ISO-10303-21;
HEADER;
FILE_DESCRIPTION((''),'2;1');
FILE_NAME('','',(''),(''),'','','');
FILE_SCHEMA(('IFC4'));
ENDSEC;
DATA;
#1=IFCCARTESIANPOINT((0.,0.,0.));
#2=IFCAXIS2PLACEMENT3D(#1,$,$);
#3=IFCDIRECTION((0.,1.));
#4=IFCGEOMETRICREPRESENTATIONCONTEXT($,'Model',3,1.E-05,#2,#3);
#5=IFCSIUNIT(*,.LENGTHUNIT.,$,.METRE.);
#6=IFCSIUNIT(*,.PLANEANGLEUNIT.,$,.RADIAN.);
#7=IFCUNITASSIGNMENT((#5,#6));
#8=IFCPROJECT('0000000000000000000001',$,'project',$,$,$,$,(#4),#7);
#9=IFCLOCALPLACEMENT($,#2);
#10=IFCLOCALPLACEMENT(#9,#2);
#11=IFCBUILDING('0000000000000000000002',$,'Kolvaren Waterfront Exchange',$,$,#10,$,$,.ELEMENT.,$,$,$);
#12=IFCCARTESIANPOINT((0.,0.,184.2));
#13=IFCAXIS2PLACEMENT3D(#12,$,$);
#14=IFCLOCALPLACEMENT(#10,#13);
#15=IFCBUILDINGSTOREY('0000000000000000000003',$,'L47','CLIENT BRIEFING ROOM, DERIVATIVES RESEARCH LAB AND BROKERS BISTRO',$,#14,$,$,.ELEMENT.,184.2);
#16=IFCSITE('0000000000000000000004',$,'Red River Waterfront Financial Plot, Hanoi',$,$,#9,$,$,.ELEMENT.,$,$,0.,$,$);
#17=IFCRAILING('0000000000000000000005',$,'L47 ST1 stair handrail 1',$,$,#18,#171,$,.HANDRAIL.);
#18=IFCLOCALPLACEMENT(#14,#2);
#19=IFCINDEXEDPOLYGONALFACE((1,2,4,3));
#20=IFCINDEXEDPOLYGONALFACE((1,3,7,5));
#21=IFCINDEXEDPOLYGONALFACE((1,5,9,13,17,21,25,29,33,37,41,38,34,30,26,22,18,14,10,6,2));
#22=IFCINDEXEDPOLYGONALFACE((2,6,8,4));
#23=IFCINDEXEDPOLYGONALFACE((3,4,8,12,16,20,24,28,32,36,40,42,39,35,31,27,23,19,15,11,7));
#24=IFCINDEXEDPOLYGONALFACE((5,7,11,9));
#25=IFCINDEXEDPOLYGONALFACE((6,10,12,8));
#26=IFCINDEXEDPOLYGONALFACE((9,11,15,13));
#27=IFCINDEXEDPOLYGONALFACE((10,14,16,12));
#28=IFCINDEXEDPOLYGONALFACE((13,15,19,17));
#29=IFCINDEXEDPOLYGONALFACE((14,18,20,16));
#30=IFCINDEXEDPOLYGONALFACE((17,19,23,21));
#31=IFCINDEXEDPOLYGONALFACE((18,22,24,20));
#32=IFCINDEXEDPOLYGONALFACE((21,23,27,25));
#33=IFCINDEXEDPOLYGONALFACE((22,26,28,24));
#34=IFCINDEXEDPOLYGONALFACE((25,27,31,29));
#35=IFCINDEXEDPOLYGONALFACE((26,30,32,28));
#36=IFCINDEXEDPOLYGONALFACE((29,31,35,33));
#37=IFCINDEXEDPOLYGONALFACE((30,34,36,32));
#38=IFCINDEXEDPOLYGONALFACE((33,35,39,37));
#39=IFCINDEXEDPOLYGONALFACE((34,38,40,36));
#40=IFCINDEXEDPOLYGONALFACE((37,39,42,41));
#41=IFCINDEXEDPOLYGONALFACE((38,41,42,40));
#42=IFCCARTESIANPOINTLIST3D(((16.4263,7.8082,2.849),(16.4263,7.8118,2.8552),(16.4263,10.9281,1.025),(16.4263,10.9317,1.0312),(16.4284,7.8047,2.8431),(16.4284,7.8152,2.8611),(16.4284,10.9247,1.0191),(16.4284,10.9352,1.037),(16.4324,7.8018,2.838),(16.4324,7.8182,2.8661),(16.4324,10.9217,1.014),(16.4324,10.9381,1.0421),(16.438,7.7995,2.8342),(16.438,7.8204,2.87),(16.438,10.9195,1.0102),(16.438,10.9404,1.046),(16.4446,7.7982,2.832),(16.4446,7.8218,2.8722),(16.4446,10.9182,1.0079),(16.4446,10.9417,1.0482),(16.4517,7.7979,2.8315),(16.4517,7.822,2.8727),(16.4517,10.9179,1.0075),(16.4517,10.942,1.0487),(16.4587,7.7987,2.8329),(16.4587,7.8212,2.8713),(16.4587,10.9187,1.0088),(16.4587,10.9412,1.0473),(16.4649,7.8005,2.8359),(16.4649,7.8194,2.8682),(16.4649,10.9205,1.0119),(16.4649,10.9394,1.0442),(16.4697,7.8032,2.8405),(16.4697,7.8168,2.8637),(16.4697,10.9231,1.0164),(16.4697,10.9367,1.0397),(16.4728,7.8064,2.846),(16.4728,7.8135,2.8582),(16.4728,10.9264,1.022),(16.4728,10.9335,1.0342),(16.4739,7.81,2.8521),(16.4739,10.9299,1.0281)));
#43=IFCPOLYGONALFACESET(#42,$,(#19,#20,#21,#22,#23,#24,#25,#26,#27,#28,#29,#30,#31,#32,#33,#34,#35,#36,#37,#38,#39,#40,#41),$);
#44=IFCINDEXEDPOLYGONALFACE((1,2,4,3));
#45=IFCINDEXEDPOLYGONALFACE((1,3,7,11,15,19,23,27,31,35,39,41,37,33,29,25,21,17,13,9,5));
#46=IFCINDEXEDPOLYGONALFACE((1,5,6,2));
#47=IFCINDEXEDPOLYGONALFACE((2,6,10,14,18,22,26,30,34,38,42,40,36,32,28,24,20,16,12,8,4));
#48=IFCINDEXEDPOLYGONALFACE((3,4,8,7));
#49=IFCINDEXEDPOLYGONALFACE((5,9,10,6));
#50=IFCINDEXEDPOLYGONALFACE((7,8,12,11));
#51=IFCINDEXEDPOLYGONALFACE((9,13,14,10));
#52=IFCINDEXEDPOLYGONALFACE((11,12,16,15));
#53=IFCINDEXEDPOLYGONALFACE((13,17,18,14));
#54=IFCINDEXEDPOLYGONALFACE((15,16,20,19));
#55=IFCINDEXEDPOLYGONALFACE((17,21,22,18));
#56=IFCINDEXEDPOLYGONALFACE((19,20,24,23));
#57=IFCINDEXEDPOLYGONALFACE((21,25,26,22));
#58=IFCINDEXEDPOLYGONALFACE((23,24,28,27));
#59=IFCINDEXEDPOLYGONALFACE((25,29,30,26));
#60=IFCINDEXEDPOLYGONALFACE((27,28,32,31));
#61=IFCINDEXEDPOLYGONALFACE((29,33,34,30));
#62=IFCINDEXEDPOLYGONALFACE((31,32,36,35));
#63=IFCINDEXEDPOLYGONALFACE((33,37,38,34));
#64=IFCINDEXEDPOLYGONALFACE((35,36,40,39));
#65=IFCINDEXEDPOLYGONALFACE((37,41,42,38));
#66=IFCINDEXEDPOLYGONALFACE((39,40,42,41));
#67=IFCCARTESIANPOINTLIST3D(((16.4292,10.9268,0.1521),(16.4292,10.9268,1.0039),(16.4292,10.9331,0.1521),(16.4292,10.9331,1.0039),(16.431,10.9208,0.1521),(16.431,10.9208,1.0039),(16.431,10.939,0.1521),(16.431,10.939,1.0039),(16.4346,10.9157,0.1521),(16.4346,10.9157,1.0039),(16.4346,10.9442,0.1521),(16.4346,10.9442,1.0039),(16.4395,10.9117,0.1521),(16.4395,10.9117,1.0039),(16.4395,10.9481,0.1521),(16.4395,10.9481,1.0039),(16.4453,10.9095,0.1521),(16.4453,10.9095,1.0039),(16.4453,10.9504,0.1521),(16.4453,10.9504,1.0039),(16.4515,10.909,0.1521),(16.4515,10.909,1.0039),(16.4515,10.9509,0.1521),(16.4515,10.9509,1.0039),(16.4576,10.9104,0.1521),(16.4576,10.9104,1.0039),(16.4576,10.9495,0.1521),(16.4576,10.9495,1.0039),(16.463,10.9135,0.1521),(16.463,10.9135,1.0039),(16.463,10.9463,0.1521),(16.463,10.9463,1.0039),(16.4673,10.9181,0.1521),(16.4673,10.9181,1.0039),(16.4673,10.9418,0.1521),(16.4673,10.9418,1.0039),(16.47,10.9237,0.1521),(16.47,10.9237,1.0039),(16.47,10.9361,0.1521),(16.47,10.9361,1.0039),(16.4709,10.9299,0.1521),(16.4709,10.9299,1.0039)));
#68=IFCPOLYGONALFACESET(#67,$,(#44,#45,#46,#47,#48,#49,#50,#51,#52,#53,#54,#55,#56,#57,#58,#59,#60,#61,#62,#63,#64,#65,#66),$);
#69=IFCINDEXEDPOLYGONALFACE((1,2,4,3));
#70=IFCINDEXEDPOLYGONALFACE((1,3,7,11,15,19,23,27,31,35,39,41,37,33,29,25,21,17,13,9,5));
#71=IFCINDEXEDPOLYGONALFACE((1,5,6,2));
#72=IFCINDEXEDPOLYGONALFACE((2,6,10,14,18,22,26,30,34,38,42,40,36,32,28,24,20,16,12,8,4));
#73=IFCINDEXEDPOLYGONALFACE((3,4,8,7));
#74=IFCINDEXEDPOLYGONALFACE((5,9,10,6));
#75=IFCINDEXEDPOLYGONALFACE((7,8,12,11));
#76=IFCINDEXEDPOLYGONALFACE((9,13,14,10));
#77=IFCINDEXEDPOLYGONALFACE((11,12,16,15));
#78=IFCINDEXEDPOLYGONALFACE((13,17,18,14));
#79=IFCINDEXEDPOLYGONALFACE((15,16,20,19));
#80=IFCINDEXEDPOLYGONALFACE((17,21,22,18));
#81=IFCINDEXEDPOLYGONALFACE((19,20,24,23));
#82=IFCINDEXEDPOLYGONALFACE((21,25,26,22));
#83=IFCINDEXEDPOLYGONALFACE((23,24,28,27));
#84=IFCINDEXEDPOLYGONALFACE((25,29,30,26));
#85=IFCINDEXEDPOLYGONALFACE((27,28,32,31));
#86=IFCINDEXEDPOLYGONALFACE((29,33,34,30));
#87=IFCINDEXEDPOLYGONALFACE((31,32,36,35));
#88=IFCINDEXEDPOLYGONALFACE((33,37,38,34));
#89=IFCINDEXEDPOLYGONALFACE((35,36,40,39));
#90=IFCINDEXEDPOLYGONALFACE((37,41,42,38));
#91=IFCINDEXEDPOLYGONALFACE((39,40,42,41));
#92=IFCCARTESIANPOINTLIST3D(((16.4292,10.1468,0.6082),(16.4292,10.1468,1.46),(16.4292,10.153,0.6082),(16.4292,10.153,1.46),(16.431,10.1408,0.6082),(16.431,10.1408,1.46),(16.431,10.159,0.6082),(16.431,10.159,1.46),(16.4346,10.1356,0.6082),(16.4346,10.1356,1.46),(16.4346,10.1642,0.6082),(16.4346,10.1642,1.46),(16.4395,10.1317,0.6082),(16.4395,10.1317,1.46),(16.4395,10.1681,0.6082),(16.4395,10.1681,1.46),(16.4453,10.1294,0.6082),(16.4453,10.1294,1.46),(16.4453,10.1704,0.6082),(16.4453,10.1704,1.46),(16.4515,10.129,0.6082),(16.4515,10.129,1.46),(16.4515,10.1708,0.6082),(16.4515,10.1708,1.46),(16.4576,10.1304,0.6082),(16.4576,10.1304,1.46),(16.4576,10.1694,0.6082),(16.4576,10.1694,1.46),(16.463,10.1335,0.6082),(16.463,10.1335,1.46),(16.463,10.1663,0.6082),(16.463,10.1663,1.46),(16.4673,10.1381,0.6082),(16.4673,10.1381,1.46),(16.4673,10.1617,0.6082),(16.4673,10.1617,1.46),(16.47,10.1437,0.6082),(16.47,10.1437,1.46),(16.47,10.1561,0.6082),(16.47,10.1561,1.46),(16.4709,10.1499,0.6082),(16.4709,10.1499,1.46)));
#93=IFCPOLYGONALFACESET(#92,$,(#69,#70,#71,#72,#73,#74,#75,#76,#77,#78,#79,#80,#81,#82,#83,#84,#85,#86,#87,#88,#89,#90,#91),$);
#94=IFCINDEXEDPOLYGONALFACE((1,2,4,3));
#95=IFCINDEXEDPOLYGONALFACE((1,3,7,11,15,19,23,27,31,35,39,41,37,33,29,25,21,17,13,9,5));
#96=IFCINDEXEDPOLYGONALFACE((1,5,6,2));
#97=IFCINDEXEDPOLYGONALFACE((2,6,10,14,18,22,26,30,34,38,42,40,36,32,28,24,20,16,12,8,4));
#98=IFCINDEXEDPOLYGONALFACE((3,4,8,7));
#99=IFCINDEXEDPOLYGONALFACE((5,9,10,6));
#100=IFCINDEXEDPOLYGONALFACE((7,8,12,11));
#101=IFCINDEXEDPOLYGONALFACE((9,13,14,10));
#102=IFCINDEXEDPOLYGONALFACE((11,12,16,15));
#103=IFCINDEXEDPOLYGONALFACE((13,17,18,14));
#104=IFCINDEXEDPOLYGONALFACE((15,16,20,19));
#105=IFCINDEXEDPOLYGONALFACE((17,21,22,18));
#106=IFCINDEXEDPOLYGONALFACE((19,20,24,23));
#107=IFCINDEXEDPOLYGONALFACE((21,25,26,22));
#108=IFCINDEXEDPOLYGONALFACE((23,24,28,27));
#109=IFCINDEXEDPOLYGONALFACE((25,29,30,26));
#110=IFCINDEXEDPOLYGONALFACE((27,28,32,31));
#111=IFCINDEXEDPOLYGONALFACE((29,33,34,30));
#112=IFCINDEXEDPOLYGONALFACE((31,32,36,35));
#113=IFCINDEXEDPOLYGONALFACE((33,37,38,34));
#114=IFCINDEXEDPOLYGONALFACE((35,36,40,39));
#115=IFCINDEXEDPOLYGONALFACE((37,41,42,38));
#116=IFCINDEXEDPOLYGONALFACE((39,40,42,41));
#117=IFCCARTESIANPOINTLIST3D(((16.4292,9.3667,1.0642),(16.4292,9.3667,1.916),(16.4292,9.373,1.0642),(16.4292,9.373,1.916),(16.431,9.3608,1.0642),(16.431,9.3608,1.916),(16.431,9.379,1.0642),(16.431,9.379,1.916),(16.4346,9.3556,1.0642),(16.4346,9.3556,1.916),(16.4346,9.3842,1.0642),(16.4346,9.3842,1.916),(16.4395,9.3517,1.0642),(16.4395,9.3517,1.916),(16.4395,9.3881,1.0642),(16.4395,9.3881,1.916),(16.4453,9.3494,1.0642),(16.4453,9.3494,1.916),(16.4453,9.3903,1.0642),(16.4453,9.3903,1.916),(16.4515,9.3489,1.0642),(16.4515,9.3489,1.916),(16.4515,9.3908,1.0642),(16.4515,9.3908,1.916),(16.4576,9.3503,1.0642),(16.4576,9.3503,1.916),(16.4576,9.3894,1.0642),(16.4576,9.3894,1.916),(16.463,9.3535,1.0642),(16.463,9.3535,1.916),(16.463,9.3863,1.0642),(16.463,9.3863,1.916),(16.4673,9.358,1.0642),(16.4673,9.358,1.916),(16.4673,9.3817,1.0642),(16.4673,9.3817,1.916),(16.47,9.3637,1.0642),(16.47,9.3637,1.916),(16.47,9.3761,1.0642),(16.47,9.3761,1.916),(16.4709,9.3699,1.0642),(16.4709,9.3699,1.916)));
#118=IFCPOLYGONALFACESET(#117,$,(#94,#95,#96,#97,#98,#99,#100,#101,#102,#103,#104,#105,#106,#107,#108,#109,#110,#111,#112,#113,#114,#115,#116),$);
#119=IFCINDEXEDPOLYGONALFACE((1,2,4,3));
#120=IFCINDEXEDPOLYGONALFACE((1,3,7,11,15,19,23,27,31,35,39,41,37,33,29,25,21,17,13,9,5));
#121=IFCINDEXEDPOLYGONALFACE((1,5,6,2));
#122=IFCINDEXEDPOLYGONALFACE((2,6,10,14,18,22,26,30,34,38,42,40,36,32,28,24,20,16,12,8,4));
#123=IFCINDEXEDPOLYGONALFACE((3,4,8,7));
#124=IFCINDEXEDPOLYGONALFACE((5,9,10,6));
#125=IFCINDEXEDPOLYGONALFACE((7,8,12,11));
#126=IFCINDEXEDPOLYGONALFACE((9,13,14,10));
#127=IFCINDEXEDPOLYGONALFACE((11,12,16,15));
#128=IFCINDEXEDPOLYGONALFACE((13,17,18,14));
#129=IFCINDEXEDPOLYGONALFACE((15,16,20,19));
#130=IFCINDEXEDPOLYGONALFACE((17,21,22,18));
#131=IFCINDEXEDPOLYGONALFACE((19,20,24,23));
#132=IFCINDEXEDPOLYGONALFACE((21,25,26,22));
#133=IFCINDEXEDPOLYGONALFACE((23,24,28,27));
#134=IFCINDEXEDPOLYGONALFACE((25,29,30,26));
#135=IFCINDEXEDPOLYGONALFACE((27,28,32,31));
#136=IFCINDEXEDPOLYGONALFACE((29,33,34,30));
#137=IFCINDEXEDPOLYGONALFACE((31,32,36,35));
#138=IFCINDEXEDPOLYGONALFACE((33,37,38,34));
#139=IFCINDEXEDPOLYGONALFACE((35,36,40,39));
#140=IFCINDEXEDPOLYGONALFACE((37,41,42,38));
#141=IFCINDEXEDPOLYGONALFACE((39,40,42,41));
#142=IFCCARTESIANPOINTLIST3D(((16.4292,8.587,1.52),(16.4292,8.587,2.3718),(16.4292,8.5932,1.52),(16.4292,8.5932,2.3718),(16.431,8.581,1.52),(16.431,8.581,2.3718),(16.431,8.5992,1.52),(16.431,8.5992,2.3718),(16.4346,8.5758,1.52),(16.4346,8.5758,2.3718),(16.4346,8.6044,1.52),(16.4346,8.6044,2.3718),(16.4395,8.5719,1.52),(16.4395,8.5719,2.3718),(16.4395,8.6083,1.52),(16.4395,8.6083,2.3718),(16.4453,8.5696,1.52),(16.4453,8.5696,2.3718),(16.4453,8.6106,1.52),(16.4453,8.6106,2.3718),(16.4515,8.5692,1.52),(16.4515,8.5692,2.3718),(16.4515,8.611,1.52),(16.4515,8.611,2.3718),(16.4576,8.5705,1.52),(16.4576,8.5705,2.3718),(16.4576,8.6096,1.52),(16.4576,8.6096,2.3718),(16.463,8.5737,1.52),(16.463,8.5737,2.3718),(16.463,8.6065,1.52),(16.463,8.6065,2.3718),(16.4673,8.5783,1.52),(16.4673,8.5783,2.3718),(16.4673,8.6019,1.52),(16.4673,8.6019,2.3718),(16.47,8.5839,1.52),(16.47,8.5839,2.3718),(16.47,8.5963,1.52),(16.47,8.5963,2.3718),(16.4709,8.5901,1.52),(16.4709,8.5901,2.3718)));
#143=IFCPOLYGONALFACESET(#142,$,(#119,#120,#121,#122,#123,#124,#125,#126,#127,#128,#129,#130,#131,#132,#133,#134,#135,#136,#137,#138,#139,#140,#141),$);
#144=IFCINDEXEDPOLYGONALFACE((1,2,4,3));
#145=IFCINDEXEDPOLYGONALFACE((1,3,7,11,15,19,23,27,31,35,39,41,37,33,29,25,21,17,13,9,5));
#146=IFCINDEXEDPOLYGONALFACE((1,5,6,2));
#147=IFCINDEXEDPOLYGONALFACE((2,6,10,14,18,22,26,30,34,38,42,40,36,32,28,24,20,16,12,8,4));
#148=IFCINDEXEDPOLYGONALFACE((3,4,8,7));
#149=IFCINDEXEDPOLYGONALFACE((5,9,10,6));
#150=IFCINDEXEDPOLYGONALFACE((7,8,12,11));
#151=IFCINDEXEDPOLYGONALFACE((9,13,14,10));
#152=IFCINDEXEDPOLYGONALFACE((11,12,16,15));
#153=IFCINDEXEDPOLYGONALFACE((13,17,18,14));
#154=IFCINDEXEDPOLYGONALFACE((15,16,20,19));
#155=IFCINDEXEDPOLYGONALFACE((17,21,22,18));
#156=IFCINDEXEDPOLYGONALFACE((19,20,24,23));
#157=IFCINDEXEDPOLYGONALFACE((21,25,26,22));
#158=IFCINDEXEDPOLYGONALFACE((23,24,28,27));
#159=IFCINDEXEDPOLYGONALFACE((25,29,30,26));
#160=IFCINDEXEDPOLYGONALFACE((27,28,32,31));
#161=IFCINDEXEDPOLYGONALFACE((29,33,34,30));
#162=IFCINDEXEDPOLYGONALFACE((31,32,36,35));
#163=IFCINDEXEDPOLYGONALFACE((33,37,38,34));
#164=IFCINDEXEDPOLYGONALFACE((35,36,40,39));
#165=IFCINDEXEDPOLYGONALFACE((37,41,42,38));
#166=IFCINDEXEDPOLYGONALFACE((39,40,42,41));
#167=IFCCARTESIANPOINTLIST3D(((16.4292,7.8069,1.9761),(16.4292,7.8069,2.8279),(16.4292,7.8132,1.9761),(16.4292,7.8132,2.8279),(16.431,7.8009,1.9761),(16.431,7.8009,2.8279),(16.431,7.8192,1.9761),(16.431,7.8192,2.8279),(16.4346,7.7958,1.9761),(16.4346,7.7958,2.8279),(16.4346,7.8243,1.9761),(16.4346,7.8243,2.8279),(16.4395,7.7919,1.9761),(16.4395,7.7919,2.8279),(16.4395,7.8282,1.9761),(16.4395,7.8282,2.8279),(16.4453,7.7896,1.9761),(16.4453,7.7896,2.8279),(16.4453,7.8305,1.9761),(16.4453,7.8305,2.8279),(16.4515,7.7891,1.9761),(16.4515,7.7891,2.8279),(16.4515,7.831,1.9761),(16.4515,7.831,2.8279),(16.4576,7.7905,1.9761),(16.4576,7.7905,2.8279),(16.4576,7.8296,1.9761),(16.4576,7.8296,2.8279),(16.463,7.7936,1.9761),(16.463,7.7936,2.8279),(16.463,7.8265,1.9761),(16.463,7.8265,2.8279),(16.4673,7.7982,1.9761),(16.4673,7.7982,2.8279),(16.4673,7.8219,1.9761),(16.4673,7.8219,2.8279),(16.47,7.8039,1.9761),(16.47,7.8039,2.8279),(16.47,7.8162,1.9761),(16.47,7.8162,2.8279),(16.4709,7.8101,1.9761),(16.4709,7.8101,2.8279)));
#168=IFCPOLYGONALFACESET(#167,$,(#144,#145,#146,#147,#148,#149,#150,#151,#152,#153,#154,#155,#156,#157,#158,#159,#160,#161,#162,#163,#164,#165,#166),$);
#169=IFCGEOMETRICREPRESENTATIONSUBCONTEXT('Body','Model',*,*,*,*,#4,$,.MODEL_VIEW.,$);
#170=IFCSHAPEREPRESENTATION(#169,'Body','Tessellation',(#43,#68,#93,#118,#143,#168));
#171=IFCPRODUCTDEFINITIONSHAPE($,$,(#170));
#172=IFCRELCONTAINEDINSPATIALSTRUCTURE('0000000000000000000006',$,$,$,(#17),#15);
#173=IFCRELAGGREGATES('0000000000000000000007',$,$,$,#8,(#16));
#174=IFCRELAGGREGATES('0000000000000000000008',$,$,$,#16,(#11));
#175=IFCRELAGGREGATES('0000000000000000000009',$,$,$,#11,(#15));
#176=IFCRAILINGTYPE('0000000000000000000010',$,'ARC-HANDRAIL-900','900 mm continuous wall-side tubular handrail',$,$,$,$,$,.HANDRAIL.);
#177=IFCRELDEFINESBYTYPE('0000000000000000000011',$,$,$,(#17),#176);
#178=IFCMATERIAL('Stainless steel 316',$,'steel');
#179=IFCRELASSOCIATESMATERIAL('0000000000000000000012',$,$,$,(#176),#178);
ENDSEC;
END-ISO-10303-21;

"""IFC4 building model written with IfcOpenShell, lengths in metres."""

from ifc_helpers import new_model, si_unit, direction, frame, origin, origin_2d, place, context, subcontext, project, spatial, circle, extrude, material, type_object, element, save


model = new_model("IFC4")

# Units and contexts
model_context = context("Model", 3, precision=1e-05, world=origin(), true_north=direction((0.0, 1.0)))
body_context = subcontext(model_context, "Body", "Model", "MODEL_VIEW")
ifc_project = project(units=[si_unit("LENGTHUNIT", "METRE"), si_unit("PLANEANGLEUNIT", "RADIAN")], contexts=[model_context])

# Site, building, storey
site_placement = place(None, origin())
site = spatial("IfcSite", under=ifc_project, at=site_placement, Name="Red River Waterfront Financial Plot, Hanoi", CompositionType="ELEMENT", RefElevation=0.0)
building_placement = place(site_placement, origin())
building = spatial("IfcBuilding", under=site, at=building_placement, Name="Kolvaren Waterfront Exchange", CompositionType="ELEMENT")
storey_placement = place(building_placement, frame((0.0, 0.0, 184.2)))
storey = spatial("IfcBuildingStorey", under=building, at=storey_placement, Name="L47", Description="CLIENT BRIEFING ROOM, DERIVATIVES RESEARCH LAB AND BROKERS BISTRO", CompositionType="ELEMENT", Elevation=184.2)

# Railing
ifc_material_1 = material(Name="Stainless steel 316", Category="steel")
railing_type_1 = type_object("IfcRailingType", Name="ARC-HANDRAIL-900", Description="900 mm continuous wall-side tubular handrail", PredefinedType="HANDRAIL", material=ifc_material_1)
railing_1_placement = place(storey_placement, frame((16.45, 10.9299, 0.1521)))
element("IfcRailing", 1, at=railing_1_placement, inside=storey, type_object=railing_type_1, Name="L47 ST1 stair handrail 1", PredefinedType="HANDRAIL", context=body_context, shape_type="SweptSolid", body=[
    extrude(circle(Radius=0.0239, at=origin_2d()), frame((0.0, 0.0, 0.876), z_axis=(0.0, -0.863291, 0.504707), x_axis=(1.0, 0.0, 0.0)), (0.0, 0.0, 1.0), 3.614),
    extrude(circle(Radius=0.021, at=origin_2d()), origin(), (0.0, 0.0, 1.0), 0.8518),
    extrude(circle(Radius=0.021, at=origin_2d()), frame((0.0, -0.78, 0.4561)), (0.0, 0.0, 1.0), 0.8518),
    extrude(circle(Radius=0.021, at=origin_2d()), frame((0.0, -1.5601, 0.9121)), (0.0, 0.0, 1.0), 0.8518),
    extrude(circle(Radius=0.021, at=origin_2d()), frame((0.0, -2.3398, 1.3679)), (0.0, 0.0, 1.0), 0.8518),
    extrude(circle(Radius=0.021, at=origin_2d()), frame((0.0, -3.1199, 1.824)), (0.0, 0.0, 1.0), 0.8518),
])

save(model, "model.ifc")
